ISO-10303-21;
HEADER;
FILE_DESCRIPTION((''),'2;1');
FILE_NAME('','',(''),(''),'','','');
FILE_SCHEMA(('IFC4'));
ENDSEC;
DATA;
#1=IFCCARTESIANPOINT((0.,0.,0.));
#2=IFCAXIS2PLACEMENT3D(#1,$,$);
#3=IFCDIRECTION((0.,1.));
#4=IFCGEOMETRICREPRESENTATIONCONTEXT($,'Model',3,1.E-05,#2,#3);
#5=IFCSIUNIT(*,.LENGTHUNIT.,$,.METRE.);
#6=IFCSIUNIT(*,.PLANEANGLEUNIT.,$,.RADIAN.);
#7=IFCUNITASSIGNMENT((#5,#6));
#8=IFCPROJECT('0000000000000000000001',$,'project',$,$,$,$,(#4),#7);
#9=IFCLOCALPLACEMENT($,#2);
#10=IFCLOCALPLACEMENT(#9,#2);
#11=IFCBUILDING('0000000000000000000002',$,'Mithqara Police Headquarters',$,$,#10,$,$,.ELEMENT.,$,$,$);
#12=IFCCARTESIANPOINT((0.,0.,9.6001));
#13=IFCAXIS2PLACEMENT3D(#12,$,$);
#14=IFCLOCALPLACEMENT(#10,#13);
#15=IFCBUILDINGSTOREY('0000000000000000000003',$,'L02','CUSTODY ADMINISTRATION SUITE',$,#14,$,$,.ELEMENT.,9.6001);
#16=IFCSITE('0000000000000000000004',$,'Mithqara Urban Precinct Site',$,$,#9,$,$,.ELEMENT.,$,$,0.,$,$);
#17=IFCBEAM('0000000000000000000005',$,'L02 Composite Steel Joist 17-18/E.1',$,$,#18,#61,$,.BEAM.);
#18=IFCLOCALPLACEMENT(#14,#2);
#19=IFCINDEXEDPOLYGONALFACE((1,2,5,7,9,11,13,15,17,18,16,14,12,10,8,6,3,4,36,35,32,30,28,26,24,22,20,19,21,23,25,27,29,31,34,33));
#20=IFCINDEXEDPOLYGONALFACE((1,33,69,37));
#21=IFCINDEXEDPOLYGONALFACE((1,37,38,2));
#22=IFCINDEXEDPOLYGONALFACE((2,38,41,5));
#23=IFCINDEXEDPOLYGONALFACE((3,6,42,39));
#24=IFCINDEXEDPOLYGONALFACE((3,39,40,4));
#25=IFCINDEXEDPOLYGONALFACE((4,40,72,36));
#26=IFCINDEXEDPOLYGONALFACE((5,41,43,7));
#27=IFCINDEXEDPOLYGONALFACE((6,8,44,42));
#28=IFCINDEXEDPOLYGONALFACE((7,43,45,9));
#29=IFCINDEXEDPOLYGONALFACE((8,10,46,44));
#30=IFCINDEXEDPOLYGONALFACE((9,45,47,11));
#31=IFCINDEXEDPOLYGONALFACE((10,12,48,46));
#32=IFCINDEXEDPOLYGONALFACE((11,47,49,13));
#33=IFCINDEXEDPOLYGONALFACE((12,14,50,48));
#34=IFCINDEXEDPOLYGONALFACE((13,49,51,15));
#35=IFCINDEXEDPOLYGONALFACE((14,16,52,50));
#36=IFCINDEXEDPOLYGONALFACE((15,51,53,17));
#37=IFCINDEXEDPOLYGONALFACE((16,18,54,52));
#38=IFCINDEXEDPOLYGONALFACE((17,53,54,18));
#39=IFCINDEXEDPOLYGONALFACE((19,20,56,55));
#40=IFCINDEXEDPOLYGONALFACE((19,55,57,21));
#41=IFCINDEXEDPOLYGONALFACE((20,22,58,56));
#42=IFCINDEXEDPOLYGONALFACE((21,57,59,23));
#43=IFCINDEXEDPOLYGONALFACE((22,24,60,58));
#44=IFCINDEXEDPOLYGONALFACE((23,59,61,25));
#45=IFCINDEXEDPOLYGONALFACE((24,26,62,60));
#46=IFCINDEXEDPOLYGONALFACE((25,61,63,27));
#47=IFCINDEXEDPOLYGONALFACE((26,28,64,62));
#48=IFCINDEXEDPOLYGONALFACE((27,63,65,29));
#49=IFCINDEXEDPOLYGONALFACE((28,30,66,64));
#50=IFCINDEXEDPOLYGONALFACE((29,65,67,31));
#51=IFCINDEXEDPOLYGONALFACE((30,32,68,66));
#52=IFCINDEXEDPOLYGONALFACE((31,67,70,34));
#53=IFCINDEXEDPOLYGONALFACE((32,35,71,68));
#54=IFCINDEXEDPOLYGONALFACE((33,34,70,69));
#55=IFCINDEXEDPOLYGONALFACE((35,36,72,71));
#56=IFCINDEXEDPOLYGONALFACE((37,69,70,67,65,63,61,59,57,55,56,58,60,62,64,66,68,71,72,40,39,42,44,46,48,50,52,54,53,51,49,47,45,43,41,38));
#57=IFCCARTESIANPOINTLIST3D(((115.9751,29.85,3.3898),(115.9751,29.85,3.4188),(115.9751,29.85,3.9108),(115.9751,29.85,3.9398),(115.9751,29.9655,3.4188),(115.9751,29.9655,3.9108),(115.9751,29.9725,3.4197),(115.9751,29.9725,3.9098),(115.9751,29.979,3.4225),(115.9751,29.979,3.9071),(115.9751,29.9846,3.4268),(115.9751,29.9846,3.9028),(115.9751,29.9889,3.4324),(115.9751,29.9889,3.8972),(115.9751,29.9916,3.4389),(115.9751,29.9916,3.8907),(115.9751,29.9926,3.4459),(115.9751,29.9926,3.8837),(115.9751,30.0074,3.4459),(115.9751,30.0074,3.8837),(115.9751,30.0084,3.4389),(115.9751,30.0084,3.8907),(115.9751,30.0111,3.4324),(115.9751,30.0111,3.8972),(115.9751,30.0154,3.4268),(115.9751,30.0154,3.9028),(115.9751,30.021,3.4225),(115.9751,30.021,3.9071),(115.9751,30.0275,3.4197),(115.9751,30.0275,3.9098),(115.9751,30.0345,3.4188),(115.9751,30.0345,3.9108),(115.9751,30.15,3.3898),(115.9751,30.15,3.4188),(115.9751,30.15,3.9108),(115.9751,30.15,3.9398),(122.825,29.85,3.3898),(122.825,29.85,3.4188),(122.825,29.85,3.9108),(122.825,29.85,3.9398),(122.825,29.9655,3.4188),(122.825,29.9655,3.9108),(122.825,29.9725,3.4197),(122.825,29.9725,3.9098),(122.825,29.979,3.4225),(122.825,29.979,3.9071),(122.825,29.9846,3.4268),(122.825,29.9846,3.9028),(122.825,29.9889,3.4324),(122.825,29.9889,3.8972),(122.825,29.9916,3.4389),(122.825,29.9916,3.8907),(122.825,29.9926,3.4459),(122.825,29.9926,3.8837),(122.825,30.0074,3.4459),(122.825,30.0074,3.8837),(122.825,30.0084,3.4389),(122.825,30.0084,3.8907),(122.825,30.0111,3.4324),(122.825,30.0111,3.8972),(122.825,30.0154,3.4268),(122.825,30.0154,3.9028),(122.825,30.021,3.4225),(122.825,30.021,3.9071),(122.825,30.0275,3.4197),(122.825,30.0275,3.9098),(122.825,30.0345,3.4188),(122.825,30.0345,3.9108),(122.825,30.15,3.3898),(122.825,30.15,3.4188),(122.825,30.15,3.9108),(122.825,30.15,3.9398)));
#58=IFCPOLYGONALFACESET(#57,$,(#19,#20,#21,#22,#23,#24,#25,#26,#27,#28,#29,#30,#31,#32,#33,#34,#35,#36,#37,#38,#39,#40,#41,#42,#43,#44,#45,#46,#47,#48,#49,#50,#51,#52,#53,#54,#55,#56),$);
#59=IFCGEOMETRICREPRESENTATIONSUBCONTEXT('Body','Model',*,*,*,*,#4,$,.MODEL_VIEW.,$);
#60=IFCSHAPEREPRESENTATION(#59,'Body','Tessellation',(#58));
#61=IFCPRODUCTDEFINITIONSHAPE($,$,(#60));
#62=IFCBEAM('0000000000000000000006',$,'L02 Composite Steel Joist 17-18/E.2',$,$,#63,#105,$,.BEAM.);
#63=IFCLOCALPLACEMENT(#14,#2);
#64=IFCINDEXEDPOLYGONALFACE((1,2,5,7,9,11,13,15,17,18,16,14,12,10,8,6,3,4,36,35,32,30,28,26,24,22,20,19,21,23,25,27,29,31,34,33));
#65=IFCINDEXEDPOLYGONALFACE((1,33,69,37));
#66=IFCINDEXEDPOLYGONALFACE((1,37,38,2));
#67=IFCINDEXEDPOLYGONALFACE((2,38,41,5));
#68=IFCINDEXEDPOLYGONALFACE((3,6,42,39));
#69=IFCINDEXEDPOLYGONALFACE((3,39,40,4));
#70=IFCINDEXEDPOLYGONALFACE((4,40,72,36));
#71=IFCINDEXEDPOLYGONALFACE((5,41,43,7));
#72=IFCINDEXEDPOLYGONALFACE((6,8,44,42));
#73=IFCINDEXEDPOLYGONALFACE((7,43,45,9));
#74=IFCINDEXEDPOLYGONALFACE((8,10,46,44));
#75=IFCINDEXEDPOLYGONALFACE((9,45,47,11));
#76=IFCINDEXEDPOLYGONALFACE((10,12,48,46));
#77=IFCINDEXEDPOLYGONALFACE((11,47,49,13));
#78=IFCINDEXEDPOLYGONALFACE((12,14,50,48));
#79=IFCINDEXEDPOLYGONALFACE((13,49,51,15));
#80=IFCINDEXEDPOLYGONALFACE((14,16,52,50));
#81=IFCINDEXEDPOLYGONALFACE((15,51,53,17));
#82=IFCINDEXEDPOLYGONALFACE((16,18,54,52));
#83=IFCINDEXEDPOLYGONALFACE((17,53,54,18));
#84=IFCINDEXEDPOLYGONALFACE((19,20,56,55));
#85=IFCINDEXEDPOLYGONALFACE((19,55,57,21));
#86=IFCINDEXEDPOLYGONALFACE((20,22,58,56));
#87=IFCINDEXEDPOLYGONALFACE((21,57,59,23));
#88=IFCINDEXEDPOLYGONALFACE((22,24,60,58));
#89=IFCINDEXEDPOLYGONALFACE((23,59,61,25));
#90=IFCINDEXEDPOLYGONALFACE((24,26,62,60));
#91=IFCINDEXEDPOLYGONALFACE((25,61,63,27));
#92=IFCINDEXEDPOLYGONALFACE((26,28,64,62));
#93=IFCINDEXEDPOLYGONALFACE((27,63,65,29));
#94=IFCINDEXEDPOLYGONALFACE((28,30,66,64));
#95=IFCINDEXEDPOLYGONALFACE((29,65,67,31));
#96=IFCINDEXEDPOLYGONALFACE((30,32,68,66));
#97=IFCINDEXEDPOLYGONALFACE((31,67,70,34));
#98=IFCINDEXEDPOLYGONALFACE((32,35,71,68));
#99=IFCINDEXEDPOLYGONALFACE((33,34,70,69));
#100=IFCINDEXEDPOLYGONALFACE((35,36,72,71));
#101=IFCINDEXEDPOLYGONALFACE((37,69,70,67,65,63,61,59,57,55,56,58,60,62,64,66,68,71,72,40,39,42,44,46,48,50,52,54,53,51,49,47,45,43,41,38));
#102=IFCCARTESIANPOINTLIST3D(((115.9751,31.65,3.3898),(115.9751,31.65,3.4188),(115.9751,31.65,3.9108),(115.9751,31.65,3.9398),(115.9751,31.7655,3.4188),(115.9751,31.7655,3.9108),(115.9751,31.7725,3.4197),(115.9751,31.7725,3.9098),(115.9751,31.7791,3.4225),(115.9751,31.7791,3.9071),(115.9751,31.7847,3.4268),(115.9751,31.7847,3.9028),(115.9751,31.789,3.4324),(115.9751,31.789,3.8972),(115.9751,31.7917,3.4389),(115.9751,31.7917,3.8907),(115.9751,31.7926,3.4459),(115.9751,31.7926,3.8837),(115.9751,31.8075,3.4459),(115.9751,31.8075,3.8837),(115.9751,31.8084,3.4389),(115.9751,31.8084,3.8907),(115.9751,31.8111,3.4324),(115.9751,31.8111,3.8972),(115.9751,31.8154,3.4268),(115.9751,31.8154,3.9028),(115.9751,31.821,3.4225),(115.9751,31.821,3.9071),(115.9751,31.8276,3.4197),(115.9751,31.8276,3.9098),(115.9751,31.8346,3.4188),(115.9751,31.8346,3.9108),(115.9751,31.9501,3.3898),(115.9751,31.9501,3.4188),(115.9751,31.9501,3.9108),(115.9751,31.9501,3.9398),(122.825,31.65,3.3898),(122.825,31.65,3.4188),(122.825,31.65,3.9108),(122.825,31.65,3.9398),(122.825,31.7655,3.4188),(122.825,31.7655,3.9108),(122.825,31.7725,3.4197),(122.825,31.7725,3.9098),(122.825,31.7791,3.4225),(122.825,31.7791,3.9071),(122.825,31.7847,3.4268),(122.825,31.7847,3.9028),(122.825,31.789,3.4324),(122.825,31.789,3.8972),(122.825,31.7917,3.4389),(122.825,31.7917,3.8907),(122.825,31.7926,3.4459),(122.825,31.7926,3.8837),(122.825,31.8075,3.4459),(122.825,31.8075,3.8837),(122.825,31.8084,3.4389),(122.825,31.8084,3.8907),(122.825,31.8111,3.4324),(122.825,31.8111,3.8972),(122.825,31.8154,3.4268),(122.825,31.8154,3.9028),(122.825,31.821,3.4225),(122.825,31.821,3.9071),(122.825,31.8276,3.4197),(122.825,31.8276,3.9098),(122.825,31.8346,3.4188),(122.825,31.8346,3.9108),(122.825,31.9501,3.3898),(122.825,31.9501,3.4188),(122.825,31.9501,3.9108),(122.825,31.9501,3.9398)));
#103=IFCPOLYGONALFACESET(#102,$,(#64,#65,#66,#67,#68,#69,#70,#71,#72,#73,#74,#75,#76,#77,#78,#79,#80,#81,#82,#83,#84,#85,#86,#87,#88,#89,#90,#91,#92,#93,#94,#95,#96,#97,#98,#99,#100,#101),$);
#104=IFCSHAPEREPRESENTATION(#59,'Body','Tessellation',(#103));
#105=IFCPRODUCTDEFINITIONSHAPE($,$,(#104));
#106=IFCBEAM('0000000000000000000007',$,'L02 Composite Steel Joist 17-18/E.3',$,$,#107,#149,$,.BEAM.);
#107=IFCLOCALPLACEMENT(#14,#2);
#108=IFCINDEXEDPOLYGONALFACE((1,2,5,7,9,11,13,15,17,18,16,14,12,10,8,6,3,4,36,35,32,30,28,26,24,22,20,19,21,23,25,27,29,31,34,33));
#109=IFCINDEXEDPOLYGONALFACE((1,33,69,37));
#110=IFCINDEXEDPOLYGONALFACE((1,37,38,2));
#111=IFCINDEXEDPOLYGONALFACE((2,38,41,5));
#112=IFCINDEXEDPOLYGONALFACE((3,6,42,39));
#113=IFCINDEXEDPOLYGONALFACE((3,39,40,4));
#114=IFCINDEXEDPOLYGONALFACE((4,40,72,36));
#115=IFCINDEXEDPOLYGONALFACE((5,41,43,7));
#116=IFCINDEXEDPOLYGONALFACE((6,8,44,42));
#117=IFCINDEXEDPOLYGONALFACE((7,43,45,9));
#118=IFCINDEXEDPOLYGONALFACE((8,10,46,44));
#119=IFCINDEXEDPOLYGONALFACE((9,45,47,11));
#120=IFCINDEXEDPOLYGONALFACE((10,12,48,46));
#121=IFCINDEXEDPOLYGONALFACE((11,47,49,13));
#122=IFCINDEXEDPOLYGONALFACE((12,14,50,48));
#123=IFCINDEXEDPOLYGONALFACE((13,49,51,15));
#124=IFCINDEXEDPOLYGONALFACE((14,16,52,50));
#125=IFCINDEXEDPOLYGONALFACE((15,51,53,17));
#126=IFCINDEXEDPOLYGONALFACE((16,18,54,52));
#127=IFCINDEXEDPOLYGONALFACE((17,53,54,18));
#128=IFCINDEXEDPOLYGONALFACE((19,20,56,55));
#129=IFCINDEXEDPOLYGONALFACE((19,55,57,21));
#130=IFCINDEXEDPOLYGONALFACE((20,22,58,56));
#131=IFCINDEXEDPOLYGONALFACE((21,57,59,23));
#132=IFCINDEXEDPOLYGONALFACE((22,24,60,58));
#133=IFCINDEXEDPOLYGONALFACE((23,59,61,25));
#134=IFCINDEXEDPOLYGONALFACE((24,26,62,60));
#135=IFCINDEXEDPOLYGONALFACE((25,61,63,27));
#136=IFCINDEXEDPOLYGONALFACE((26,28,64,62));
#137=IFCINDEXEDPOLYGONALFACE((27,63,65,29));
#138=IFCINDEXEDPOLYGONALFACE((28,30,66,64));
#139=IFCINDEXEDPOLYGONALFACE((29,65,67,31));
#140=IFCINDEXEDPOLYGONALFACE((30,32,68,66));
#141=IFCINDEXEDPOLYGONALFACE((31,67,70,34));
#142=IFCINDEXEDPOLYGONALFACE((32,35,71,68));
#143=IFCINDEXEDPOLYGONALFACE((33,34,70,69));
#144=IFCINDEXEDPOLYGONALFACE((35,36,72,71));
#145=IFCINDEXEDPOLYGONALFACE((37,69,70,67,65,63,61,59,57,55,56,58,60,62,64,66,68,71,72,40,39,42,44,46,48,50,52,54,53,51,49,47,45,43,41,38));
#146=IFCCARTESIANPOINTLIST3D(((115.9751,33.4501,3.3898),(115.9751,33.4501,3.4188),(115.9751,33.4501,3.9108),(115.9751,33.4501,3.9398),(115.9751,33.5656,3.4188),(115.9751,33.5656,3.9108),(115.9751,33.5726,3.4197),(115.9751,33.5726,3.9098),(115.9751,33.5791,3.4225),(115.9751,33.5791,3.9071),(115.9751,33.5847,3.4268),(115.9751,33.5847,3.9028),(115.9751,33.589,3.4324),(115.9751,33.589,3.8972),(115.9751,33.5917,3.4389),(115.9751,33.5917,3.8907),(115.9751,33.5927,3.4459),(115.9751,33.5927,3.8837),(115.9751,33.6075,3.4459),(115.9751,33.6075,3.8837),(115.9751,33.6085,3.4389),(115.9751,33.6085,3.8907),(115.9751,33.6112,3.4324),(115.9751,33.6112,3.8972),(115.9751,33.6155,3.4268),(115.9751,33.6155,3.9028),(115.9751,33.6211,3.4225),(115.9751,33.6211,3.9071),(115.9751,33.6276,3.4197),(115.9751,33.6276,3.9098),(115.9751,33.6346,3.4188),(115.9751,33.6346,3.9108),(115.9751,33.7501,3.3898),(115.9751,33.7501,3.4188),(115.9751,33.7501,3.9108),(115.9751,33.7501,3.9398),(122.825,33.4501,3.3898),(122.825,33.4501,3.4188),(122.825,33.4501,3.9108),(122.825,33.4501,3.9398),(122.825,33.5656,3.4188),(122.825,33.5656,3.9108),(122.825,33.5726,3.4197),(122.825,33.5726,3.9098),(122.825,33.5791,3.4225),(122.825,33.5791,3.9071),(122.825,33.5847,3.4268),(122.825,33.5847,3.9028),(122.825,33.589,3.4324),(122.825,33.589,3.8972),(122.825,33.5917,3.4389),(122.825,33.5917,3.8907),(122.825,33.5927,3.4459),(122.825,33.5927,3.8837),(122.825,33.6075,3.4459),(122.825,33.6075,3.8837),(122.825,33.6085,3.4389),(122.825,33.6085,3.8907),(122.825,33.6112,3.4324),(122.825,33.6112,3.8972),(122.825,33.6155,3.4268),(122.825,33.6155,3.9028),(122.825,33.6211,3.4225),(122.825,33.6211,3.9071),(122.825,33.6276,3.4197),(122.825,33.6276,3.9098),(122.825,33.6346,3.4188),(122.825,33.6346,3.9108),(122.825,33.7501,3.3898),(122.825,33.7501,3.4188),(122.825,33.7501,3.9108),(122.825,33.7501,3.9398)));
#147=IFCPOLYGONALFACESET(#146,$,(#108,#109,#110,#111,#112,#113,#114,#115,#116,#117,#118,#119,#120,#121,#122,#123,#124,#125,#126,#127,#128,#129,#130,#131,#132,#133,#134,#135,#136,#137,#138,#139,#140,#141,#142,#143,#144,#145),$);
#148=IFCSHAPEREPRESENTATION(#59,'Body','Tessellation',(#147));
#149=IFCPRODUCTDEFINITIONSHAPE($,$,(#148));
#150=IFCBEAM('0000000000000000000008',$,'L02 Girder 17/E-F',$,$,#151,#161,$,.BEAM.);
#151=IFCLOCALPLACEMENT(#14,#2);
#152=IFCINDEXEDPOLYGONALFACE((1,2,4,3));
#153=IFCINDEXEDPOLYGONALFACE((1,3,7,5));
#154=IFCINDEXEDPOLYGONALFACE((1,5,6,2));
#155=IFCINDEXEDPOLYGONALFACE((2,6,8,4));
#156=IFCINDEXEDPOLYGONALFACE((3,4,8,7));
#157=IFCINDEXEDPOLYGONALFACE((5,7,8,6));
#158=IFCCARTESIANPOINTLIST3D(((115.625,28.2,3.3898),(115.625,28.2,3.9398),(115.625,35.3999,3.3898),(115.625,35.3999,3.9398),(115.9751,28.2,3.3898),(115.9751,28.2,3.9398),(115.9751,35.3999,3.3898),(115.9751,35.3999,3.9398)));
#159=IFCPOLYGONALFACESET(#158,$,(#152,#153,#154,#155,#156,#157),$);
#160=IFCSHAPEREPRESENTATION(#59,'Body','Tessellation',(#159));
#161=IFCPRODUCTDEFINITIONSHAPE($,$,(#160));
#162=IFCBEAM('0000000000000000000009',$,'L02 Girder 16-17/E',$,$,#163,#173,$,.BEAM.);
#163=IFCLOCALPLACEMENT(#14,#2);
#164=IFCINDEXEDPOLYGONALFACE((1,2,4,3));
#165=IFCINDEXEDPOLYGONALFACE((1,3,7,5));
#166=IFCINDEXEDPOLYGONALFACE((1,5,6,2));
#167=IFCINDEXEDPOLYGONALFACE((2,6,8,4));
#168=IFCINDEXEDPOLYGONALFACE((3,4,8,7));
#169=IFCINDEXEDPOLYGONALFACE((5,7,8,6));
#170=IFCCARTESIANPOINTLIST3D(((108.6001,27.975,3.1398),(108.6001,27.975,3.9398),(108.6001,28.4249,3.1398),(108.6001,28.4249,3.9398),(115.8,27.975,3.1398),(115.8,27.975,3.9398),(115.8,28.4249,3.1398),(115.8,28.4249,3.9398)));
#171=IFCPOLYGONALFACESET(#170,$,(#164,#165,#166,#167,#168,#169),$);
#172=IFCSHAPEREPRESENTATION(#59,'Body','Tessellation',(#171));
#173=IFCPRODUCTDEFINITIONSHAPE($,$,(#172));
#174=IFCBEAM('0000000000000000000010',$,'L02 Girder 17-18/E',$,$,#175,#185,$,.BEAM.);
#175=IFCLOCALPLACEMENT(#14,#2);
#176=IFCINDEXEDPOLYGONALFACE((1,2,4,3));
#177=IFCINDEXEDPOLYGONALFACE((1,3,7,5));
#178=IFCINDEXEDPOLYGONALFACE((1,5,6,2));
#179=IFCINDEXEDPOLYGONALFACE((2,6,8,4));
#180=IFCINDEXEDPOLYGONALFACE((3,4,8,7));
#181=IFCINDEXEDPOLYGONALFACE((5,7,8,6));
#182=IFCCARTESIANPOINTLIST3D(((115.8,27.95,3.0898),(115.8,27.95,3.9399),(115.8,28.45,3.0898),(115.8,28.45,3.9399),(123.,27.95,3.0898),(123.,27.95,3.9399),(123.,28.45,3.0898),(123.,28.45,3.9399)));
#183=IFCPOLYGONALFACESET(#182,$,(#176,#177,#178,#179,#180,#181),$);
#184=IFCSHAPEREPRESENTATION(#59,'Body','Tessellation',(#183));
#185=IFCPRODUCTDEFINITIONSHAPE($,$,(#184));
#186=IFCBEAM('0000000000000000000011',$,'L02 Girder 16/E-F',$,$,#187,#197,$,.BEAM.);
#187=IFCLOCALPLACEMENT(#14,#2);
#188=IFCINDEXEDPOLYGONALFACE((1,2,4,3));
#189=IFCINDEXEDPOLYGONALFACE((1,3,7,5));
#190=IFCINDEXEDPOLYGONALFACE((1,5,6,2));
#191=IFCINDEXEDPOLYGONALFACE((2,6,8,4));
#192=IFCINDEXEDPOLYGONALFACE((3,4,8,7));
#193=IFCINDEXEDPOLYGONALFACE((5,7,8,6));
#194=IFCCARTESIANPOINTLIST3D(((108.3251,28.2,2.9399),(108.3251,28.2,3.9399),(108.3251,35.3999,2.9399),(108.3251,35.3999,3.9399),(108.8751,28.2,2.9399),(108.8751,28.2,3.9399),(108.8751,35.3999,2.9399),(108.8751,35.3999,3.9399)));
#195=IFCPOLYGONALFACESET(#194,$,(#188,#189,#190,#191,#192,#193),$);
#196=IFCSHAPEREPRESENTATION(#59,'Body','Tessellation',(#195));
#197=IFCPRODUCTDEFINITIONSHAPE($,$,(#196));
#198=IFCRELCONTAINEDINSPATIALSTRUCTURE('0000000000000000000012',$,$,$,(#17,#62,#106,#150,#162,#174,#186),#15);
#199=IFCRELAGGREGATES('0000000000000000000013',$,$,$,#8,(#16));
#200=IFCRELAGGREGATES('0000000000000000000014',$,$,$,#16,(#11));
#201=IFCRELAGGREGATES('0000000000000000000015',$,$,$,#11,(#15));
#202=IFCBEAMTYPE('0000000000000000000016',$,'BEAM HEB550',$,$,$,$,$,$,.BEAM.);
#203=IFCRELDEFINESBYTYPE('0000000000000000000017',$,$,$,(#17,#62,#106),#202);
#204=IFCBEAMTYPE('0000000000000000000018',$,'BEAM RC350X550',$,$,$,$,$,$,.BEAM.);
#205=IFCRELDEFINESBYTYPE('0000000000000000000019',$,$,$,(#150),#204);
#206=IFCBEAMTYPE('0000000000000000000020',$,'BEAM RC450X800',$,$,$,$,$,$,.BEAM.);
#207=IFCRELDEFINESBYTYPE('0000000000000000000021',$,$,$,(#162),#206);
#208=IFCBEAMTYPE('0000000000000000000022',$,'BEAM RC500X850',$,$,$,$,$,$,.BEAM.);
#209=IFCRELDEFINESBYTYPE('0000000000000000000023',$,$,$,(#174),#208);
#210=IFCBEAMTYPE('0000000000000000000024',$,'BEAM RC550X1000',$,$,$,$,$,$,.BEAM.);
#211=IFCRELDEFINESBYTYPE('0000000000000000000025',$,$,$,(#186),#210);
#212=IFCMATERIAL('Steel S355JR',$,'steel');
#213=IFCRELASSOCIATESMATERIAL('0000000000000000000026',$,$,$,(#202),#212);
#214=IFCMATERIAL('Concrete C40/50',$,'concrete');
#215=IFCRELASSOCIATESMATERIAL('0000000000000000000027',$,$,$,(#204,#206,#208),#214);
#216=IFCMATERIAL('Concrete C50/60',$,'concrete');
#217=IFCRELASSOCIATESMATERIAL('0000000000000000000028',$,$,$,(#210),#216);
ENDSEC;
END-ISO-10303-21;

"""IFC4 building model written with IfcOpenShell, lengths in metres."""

from ifc_helpers import new_model, si_unit, direction, frame, origin, origin_2d, place, context, subcontext, project, spatial, rectangle, i_section, extrude, material, material_profile, profile_set, type_object, element, save


model = new_model("IFC4")

# Units and contexts
model_context = context("Model", 3, precision=1e-05, world=origin(), true_north=direction((0.0, 1.0)))
body_context = subcontext(model_context, "Body", "Model", "MODEL_VIEW")
ifc_project = project(units=[si_unit("LENGTHUNIT", "METRE"), si_unit("PLANEANGLEUNIT", "RADIAN")], contexts=[model_context])

# Site, building, storey
site_placement = place(None, origin())
site = spatial("IfcSite", under=ifc_project, at=site_placement, Name="Mithqara Urban Precinct Site", CompositionType="ELEMENT", RefElevation=0.0)
building_placement = place(site_placement, origin())
building = spatial("IfcBuilding", under=site, at=building_placement, Name="Mithqara Police Headquarters", CompositionType="ELEMENT")
storey_placement = place(building_placement, frame((0.0, 0.0, 9.6001)))
storey = spatial("IfcBuildingStorey", under=building, at=storey_placement, Name="L02", Description="CUSTODY ADMINISTRATION SUITE", CompositionType="ELEMENT", Elevation=9.6001)

# Shared definitions
ifc_material_1 = material(Name="Concrete C50/60", Category="concrete")

# Beams
ifc_material_2 = material(Name="Steel S355JR", Category="steel")
ifc_material_profile_1 = material_profile(ifc_material_2, i_section(OverallWidth=0.3, OverallDepth=0.55, WebThickness=0.0149, FlangeThickness=0.0291, FilletRadius=0.0271, at=origin_2d()), Name="HEB 550")
ifc_profile_set_1 = profile_set([ifc_material_profile_1], Name="Steel S355JR")
beam_type_1 = type_object("IfcBeamType", Name="BEAM HEB550", PredefinedType="BEAM", material=ifc_profile_set_1)
for number, where, z_axis, x_axis, name in (
    (1, (115.9751, 30.0, 3.6648), (1.0, 0.0, 0.0), (0.0, 1.0, 0.0), "L02 Composite Steel Joist 17-18/E.1"),
    (2, (115.9751, 31.8, 3.6648), (1.0, 0.0, 0.0), (0.0, 1.0, 0.0), "L02 Composite Steel Joist 17-18/E.2"),
    (3, (115.9751, 33.6001, 3.6648), (1.0, 0.0, 0.0), (0.0, 1.0, 0.0), "L02 Composite Steel Joist 17-18/E.3"),
):
    element("IfcBeam", number, at=place(storey_placement, frame(where, z_axis=z_axis, x_axis=x_axis)), inside=storey, type_object=beam_type_1, Name=name, PredefinedType="BEAM", context=body_context, shape_type="SweptSolid", body=[
        extrude(i_section(OverallWidth=0.3, OverallDepth=0.55, WebThickness=0.0149, FlangeThickness=0.0291, FilletRadius=0.0271, at=origin_2d()), origin(), (0.0, 0.0, 1.0), 6.8499),
    ])
ifc_material_3 = material(Name="Concrete C40/50", Category="concrete")
ifc_material_profile_2 = material_profile(ifc_material_3, rectangle(XDim=0.3501, YDim=0.55, at=origin_2d()), Name="RC 350x550")
ifc_profile_set_2 = profile_set([ifc_material_profile_2], Name="Concrete C40/50")
beam_type_2 = type_object("IfcBeamType", Name="BEAM RC350X550", PredefinedType="BEAM", material=ifc_profile_set_2)
beam_1_placement = place(storey_placement, frame((115.8, 28.2, 3.6648), z_axis=(0.0, 1.0, 0.0), x_axis=(-1.0, 0.0, 0.0)))
element("IfcBeam", 4, at=beam_1_placement, inside=storey, type_object=beam_type_2, Name="L02 Girder 17/E-F", PredefinedType="BEAM", context=body_context, shape_type="SweptSolid", body=[
    extrude(rectangle(XDim=0.3501, YDim=0.55, at=origin_2d()), origin(), (0.0, 0.0, 1.0), 7.2),
])
ifc_material_profile_3 = material_profile(ifc_material_3, rectangle(XDim=0.45, YDim=0.8, at=origin_2d()), Name="RC 450x800")
ifc_profile_set_3 = profile_set([ifc_material_profile_3], Name="Concrete C40/50")
beam_type_3 = type_object("IfcBeamType", Name="BEAM RC450X800", PredefinedType="BEAM", material=ifc_profile_set_3)
beam_2_placement = place(storey_placement, frame((108.6001, 28.2, 3.5398), z_axis=(1.0, 0.0, 0.0), x_axis=(0.0, 1.0, 0.0)))
element("IfcBeam", 5, at=beam_2_placement, inside=storey, type_object=beam_type_3, Name="L02 Girder 16-17/E", PredefinedType="BEAM", context=body_context, shape_type="SweptSolid", body=[
    extrude(rectangle(XDim=0.45, YDim=0.8, at=origin_2d()), origin(), (0.0, 0.0, 1.0), 7.2),
])
ifc_material_profile_4 = material_profile(ifc_material_3, rectangle(XDim=0.5, YDim=0.8501, at=origin_2d()), Name="RC 500x850")
ifc_profile_set_4 = profile_set([ifc_material_profile_4], Name="Concrete C40/50")
beam_type_4 = type_object("IfcBeamType", Name="BEAM RC500X850", PredefinedType="BEAM", material=ifc_profile_set_4)
beam_3_placement = place(storey_placement, frame((115.8, 28.2, 3.5149), z_axis=(1.0, 0.0, 0.0), x_axis=(0.0, 1.0, 0.0)))
element("IfcBeam", 6, at=beam_3_placement, inside=storey, type_object=beam_type_4, Name="L02 Girder 17-18/E", PredefinedType="BEAM", context=body_context, shape_type="SweptSolid", body=[
    extrude(rectangle(XDim=0.5, YDim=0.8501, at=origin_2d()), origin(), (0.0, 0.0, 1.0), 7.2),
])
ifc_material_profile_5 = material_profile(ifc_material_1, rectangle(XDim=0.55, YDim=1.0, at=origin_2d()), Name="RC 550x1000")
ifc_profile_set_5 = profile_set([ifc_material_profile_5], Name="Concrete C50/60")
beam_type_5 = type_object("IfcBeamType", Name="BEAM RC550X1000", PredefinedType="BEAM", material=ifc_profile_set_5)
beam_4_placement = place(storey_placement, frame((108.6001, 28.2, 3.4399), z_axis=(0.0, 1.0, 0.0), x_axis=(-1.0, 0.0, 0.0)))
element("IfcBeam", 7, at=beam_4_placement, inside=storey, type_object=beam_type_5, Name="L02 Girder 16/E-F", PredefinedType="BEAM", context=body_context, shape_type="SweptSolid", body=[
    extrude(rectangle(XDim=0.55, YDim=1.0, at=origin_2d()), origin(), (0.0, 0.0, 1.0), 7.2),
])

save(model, "model.ifc")
